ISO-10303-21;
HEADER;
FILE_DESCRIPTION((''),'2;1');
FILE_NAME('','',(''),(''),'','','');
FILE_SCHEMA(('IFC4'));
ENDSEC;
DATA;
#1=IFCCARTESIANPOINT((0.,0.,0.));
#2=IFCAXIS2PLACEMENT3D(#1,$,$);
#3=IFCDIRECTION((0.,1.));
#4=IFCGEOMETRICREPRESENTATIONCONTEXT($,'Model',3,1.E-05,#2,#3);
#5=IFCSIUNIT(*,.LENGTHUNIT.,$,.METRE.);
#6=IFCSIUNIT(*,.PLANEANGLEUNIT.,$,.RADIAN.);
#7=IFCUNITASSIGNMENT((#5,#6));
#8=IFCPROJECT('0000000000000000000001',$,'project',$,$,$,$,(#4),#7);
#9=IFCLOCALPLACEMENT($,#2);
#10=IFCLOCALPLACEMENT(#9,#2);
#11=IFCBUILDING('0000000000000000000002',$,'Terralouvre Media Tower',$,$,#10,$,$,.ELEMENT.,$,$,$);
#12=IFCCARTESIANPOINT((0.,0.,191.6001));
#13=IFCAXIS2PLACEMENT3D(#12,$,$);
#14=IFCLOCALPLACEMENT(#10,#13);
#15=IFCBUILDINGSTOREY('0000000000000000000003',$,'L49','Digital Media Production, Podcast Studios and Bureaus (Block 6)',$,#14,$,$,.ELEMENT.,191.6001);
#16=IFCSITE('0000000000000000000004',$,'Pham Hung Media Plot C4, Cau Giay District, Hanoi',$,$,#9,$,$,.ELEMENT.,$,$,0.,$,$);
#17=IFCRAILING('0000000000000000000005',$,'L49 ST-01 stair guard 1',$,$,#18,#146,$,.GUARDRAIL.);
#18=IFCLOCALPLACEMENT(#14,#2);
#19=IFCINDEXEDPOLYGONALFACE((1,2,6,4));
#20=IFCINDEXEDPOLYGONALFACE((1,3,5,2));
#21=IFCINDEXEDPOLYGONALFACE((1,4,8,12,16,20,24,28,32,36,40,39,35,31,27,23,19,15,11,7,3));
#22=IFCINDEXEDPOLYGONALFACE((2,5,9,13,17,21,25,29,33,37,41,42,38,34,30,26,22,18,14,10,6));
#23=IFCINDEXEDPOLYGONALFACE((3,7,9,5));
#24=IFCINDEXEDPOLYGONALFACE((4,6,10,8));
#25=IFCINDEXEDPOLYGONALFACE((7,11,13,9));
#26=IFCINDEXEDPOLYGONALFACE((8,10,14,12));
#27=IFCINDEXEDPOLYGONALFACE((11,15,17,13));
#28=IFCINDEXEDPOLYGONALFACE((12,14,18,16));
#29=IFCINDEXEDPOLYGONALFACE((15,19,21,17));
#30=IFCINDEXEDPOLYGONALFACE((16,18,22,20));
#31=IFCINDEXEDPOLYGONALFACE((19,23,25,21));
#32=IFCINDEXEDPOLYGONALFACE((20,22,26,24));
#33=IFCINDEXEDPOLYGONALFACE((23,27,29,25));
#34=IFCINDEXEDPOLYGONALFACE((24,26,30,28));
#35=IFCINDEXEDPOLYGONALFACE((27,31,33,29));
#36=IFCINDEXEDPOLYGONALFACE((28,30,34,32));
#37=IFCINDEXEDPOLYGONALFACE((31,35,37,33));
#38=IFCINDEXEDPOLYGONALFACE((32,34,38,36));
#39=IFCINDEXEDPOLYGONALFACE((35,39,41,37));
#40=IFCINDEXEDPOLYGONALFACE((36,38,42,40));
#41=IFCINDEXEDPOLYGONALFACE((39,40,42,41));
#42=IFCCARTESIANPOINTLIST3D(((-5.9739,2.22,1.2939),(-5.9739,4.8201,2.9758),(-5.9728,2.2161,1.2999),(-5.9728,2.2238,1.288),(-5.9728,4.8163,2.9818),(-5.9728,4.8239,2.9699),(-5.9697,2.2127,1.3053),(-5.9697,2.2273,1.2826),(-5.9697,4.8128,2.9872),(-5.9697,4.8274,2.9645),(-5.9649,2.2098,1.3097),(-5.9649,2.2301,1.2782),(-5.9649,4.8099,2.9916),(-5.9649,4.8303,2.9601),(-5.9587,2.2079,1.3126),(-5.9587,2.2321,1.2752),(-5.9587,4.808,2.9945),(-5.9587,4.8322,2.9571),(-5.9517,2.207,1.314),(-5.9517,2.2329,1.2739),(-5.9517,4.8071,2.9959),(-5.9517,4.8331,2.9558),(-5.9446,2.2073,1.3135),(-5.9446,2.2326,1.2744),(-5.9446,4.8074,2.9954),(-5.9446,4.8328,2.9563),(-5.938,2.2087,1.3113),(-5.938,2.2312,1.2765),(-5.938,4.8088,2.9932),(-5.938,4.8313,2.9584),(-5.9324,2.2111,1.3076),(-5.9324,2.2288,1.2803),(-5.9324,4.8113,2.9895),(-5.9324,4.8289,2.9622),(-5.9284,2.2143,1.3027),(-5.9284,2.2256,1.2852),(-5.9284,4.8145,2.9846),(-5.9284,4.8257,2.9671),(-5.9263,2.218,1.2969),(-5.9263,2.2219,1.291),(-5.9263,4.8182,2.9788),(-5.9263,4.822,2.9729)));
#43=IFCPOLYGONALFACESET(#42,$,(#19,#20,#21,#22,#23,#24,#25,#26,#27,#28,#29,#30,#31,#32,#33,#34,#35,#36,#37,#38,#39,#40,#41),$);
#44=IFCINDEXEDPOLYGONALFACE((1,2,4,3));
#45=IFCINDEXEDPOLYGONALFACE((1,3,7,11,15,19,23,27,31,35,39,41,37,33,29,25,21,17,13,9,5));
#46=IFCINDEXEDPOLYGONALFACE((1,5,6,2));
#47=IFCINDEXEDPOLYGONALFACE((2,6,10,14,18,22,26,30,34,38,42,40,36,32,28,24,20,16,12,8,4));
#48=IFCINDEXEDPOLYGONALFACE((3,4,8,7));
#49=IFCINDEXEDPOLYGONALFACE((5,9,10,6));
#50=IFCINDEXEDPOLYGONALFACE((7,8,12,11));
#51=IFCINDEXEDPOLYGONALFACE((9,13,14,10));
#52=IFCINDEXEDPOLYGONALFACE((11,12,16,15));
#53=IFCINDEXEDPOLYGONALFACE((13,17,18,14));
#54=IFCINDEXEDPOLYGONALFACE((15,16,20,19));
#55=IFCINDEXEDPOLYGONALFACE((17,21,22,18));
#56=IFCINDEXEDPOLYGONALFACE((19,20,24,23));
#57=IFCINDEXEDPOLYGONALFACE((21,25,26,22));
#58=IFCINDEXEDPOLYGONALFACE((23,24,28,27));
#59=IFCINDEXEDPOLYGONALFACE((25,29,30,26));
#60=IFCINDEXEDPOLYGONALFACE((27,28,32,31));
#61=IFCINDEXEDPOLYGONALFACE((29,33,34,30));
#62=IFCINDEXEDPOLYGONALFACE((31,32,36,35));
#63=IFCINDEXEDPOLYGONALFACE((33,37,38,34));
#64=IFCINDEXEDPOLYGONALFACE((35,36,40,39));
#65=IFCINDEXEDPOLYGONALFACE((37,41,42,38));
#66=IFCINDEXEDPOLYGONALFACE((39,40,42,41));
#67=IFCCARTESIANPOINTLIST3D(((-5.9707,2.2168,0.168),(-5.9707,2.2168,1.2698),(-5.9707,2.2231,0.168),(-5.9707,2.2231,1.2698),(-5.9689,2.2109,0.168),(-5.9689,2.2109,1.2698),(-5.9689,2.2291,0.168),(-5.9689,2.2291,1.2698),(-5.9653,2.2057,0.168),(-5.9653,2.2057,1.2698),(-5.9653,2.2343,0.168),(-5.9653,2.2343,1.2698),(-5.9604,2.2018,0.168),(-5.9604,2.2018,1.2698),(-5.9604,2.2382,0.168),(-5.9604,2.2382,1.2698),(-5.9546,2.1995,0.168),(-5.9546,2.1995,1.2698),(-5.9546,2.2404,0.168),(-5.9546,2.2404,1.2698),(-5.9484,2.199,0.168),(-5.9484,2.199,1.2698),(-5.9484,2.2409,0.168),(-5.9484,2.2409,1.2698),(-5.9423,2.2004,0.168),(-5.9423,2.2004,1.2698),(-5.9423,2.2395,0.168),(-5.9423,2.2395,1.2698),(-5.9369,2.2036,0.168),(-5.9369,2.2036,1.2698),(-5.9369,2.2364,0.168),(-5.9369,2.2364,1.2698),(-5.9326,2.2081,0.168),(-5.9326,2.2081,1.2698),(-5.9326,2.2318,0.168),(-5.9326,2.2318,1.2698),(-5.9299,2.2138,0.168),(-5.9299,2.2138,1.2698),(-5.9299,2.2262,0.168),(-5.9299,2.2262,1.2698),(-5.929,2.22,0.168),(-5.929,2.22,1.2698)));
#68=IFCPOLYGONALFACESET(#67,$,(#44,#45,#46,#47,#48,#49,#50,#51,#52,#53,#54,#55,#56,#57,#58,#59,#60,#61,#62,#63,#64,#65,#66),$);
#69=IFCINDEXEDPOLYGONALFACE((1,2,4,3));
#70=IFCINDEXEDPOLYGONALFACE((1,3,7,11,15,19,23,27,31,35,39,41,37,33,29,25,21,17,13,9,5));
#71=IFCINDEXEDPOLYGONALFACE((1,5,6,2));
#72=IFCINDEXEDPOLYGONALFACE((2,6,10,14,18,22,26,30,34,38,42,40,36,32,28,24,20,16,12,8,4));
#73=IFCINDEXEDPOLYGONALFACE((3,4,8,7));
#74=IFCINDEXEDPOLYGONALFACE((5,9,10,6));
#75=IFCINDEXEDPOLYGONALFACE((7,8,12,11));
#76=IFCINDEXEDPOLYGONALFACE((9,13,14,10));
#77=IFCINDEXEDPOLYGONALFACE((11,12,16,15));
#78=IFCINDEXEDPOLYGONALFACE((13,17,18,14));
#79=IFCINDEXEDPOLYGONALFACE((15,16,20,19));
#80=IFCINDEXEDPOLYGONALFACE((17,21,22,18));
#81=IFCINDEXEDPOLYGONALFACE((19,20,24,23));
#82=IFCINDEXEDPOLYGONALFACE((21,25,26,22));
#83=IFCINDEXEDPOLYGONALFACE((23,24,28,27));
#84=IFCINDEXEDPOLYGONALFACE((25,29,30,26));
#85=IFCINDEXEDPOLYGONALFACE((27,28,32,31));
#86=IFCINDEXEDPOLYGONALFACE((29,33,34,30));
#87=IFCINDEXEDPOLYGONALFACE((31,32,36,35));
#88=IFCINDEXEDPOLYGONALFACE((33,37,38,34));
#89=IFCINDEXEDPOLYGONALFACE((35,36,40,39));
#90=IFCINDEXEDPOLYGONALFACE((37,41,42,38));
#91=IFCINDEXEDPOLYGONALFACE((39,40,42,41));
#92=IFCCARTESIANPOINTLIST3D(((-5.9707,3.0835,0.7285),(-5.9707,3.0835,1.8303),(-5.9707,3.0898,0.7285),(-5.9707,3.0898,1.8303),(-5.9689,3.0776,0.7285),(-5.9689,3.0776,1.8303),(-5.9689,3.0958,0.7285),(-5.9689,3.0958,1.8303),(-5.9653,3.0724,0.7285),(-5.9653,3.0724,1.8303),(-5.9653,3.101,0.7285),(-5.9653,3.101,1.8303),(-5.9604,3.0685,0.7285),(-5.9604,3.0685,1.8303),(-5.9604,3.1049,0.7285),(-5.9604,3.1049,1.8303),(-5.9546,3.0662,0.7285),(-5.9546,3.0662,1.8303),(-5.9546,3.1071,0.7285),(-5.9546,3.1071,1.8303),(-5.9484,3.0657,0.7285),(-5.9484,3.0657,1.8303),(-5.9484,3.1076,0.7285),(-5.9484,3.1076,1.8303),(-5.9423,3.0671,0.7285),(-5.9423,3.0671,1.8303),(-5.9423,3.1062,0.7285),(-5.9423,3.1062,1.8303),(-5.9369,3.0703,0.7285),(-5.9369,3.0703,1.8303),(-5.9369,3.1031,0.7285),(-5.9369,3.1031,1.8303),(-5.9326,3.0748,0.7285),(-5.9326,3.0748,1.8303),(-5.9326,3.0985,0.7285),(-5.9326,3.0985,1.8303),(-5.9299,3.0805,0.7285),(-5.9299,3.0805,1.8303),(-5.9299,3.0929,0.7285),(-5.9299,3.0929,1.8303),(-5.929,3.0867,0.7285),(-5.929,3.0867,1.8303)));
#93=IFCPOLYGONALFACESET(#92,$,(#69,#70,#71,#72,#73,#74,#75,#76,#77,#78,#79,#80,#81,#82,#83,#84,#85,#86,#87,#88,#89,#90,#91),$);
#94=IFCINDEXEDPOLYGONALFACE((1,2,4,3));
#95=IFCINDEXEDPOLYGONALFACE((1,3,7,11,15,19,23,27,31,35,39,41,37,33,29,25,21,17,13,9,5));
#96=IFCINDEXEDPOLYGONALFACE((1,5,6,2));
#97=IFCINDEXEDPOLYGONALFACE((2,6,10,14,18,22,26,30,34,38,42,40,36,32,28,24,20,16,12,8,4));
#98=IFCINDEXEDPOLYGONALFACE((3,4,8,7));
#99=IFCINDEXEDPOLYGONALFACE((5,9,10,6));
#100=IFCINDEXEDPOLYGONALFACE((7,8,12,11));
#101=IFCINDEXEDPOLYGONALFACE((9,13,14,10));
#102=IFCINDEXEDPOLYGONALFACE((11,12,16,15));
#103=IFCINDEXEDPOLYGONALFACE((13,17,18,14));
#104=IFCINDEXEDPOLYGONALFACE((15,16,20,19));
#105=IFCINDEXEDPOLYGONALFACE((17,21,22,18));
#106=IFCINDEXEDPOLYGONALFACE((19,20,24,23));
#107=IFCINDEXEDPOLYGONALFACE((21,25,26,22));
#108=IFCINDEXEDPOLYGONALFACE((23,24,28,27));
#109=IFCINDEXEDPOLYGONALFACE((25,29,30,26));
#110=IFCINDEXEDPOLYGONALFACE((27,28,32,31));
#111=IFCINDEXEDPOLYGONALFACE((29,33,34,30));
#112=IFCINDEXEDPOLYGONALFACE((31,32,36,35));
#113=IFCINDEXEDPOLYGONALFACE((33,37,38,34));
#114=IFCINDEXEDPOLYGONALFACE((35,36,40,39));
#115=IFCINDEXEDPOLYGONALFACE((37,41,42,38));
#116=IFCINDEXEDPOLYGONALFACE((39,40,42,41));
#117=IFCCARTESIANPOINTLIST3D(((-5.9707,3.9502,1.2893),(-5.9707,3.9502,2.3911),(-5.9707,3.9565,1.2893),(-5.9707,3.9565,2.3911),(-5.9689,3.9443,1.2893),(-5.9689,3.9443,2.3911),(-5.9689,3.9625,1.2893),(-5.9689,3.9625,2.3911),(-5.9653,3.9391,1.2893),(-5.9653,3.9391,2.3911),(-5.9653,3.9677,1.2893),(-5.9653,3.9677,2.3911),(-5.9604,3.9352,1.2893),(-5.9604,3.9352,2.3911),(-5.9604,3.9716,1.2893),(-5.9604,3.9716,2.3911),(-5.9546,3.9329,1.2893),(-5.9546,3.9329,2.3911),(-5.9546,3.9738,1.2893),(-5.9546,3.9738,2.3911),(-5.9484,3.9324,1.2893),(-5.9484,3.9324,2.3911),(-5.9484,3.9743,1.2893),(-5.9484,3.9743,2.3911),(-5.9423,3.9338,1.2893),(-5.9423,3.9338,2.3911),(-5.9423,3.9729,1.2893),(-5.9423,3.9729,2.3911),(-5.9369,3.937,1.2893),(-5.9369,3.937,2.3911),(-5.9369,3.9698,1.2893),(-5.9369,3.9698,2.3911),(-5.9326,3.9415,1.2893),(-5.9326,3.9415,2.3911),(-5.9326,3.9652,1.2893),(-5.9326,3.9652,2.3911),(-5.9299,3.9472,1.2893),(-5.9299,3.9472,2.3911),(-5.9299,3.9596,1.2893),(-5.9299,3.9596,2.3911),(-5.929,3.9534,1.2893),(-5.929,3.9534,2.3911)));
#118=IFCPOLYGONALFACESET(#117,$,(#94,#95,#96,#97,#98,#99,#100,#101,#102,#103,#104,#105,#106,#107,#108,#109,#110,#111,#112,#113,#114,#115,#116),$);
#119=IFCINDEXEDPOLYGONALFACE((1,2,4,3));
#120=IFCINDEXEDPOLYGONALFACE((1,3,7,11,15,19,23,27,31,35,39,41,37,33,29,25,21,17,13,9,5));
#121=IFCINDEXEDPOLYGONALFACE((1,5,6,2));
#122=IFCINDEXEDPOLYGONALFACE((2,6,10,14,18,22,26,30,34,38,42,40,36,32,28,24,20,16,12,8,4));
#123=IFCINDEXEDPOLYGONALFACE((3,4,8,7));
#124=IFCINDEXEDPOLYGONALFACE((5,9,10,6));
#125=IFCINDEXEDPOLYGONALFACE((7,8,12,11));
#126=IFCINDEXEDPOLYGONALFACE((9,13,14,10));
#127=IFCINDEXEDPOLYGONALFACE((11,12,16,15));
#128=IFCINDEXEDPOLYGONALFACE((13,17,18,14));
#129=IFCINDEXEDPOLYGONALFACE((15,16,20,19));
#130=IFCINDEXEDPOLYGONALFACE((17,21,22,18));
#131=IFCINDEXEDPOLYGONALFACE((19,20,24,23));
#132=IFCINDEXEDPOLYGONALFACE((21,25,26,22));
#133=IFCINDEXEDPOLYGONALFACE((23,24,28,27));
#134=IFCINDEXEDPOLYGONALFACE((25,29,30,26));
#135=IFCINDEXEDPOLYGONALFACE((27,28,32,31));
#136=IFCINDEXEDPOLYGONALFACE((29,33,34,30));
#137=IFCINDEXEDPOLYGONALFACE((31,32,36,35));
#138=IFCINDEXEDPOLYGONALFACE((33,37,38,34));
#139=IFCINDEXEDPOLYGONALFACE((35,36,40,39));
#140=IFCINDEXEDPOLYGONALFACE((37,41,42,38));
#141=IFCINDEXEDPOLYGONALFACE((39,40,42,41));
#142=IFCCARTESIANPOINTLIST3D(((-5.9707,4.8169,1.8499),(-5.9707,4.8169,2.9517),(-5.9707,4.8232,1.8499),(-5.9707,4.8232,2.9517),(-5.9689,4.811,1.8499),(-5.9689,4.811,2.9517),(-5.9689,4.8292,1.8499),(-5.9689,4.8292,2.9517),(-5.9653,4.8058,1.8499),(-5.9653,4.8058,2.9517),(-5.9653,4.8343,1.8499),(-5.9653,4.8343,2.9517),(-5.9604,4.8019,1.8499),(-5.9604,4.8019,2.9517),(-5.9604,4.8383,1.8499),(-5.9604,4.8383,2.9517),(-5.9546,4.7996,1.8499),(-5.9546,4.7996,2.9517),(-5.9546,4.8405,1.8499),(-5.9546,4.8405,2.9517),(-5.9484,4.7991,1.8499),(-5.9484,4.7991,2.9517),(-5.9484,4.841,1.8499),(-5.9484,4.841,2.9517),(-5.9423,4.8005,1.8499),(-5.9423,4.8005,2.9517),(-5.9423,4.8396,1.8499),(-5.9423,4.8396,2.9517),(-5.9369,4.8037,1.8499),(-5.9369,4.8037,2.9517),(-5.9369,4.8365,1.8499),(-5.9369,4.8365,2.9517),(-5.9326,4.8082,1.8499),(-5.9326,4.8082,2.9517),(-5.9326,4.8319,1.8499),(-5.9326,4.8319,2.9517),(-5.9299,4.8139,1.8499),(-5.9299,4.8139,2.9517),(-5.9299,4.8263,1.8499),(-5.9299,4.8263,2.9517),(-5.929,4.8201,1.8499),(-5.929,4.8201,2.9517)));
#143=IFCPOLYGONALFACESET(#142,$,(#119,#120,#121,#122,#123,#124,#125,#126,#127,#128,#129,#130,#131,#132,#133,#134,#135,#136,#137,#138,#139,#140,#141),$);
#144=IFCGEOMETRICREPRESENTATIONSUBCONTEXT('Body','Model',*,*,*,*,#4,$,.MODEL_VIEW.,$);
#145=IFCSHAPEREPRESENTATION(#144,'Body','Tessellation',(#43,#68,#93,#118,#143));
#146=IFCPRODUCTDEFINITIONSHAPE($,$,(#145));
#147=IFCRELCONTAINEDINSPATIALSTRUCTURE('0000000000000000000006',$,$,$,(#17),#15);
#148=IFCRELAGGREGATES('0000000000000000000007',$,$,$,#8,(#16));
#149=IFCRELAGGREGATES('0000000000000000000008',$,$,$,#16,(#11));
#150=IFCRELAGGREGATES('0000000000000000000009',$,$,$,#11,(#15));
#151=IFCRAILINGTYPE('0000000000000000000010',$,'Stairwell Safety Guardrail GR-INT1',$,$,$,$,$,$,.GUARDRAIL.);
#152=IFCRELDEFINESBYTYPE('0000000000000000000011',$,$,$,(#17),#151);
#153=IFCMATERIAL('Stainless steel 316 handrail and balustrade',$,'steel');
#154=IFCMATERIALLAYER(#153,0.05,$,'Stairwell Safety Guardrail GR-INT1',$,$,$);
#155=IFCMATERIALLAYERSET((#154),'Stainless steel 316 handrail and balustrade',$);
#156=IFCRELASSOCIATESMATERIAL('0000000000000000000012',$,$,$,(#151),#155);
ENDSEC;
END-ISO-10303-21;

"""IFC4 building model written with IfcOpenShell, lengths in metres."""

from ifc_helpers import new_model, si_unit, direction, frame, origin, origin_2d, place, context, subcontext, project, spatial, circle, extrude, material, layer, layer_set, type_object, element, save


model = new_model("IFC4")

# Units and contexts
model_context = context("Model", 3, precision=1e-05, world=origin(), true_north=direction((0.0, 1.0)))
body_context = subcontext(model_context, "Body", "Model", "MODEL_VIEW")
ifc_project = project(units=[si_unit("LENGTHUNIT", "METRE"), si_unit("PLANEANGLEUNIT", "RADIAN")], contexts=[model_context])

# Site, building, storey
site_placement = place(None, origin())
site = spatial("IfcSite", under=ifc_project, at=site_placement, Name="Pham Hung Media Plot C4, Cau Giay District, Hanoi", CompositionType="ELEMENT", RefElevation=0.0)
building_placement = place(site_placement, origin())
building = spatial("IfcBuilding", under=site, at=building_placement, Name="Terralouvre Media Tower", CompositionType="ELEMENT")
storey_placement = place(building_placement, frame((0.0, 0.0, 191.6001)))
storey = spatial("IfcBuildingStorey", under=building, at=storey_placement, Name="L49", Description="Digital Media Production, Podcast Studios and Bureaus (Block 6)", CompositionType="ELEMENT", Elevation=191.6001)

# Railing
ifc_material_1 = material(Name="Stainless steel 316 handrail and balustrade", Category="steel")
ifc_layer_1 = layer(ifc_material_1, 0.05, Name="Stairwell Safety Guardrail GR-INT1")
ifc_layer_set_1 = layer_set([ifc_layer_1], Name="Stainless steel 316 handrail and balustrade")
railing_type_1 = type_object("IfcRailingType", Name="Stairwell Safety Guardrail GR-INT1", PredefinedType="GUARDRAIL", material=ifc_layer_set_1)
railing_1_placement = place(storey_placement, frame((-5.95, 2.22, 0.168)))
element("IfcRailing", 1, at=railing_1_placement, inside=storey, type_object=railing_type_1, Name="L49 ST-01 stair guard 1", PredefinedType="GUARDRAIL", context=body_context, shape_type="SweptSolid", body=[
    extrude(circle(Radius=0.0239, at=origin_2d()), frame((0.0, 0.0, 1.126), z_axis=(0.0, 0.839648, 0.54313), x_axis=(-1.0, 0.0, 0.0)), (0.0, 0.0, 1.0), 3.0967),
    extrude(circle(Radius=0.021, at=origin_2d()), origin(), (0.0, 0.0, 1.0), 1.1018),
    extrude(circle(Radius=0.021, at=origin_2d()), frame((0.0, 0.8667, 0.5605)), (0.0, 0.0, 1.0), 1.1018),
    extrude(circle(Radius=0.021, at=origin_2d()), frame((0.0, 1.7334, 1.1213)), (0.0, 0.0, 1.0), 1.1018),
    extrude(circle(Radius=0.021, at=origin_2d()), frame((0.0, 2.6001, 1.6819)), (0.0, 0.0, 1.0), 1.1018),
])

save(model, "model.ifc")
